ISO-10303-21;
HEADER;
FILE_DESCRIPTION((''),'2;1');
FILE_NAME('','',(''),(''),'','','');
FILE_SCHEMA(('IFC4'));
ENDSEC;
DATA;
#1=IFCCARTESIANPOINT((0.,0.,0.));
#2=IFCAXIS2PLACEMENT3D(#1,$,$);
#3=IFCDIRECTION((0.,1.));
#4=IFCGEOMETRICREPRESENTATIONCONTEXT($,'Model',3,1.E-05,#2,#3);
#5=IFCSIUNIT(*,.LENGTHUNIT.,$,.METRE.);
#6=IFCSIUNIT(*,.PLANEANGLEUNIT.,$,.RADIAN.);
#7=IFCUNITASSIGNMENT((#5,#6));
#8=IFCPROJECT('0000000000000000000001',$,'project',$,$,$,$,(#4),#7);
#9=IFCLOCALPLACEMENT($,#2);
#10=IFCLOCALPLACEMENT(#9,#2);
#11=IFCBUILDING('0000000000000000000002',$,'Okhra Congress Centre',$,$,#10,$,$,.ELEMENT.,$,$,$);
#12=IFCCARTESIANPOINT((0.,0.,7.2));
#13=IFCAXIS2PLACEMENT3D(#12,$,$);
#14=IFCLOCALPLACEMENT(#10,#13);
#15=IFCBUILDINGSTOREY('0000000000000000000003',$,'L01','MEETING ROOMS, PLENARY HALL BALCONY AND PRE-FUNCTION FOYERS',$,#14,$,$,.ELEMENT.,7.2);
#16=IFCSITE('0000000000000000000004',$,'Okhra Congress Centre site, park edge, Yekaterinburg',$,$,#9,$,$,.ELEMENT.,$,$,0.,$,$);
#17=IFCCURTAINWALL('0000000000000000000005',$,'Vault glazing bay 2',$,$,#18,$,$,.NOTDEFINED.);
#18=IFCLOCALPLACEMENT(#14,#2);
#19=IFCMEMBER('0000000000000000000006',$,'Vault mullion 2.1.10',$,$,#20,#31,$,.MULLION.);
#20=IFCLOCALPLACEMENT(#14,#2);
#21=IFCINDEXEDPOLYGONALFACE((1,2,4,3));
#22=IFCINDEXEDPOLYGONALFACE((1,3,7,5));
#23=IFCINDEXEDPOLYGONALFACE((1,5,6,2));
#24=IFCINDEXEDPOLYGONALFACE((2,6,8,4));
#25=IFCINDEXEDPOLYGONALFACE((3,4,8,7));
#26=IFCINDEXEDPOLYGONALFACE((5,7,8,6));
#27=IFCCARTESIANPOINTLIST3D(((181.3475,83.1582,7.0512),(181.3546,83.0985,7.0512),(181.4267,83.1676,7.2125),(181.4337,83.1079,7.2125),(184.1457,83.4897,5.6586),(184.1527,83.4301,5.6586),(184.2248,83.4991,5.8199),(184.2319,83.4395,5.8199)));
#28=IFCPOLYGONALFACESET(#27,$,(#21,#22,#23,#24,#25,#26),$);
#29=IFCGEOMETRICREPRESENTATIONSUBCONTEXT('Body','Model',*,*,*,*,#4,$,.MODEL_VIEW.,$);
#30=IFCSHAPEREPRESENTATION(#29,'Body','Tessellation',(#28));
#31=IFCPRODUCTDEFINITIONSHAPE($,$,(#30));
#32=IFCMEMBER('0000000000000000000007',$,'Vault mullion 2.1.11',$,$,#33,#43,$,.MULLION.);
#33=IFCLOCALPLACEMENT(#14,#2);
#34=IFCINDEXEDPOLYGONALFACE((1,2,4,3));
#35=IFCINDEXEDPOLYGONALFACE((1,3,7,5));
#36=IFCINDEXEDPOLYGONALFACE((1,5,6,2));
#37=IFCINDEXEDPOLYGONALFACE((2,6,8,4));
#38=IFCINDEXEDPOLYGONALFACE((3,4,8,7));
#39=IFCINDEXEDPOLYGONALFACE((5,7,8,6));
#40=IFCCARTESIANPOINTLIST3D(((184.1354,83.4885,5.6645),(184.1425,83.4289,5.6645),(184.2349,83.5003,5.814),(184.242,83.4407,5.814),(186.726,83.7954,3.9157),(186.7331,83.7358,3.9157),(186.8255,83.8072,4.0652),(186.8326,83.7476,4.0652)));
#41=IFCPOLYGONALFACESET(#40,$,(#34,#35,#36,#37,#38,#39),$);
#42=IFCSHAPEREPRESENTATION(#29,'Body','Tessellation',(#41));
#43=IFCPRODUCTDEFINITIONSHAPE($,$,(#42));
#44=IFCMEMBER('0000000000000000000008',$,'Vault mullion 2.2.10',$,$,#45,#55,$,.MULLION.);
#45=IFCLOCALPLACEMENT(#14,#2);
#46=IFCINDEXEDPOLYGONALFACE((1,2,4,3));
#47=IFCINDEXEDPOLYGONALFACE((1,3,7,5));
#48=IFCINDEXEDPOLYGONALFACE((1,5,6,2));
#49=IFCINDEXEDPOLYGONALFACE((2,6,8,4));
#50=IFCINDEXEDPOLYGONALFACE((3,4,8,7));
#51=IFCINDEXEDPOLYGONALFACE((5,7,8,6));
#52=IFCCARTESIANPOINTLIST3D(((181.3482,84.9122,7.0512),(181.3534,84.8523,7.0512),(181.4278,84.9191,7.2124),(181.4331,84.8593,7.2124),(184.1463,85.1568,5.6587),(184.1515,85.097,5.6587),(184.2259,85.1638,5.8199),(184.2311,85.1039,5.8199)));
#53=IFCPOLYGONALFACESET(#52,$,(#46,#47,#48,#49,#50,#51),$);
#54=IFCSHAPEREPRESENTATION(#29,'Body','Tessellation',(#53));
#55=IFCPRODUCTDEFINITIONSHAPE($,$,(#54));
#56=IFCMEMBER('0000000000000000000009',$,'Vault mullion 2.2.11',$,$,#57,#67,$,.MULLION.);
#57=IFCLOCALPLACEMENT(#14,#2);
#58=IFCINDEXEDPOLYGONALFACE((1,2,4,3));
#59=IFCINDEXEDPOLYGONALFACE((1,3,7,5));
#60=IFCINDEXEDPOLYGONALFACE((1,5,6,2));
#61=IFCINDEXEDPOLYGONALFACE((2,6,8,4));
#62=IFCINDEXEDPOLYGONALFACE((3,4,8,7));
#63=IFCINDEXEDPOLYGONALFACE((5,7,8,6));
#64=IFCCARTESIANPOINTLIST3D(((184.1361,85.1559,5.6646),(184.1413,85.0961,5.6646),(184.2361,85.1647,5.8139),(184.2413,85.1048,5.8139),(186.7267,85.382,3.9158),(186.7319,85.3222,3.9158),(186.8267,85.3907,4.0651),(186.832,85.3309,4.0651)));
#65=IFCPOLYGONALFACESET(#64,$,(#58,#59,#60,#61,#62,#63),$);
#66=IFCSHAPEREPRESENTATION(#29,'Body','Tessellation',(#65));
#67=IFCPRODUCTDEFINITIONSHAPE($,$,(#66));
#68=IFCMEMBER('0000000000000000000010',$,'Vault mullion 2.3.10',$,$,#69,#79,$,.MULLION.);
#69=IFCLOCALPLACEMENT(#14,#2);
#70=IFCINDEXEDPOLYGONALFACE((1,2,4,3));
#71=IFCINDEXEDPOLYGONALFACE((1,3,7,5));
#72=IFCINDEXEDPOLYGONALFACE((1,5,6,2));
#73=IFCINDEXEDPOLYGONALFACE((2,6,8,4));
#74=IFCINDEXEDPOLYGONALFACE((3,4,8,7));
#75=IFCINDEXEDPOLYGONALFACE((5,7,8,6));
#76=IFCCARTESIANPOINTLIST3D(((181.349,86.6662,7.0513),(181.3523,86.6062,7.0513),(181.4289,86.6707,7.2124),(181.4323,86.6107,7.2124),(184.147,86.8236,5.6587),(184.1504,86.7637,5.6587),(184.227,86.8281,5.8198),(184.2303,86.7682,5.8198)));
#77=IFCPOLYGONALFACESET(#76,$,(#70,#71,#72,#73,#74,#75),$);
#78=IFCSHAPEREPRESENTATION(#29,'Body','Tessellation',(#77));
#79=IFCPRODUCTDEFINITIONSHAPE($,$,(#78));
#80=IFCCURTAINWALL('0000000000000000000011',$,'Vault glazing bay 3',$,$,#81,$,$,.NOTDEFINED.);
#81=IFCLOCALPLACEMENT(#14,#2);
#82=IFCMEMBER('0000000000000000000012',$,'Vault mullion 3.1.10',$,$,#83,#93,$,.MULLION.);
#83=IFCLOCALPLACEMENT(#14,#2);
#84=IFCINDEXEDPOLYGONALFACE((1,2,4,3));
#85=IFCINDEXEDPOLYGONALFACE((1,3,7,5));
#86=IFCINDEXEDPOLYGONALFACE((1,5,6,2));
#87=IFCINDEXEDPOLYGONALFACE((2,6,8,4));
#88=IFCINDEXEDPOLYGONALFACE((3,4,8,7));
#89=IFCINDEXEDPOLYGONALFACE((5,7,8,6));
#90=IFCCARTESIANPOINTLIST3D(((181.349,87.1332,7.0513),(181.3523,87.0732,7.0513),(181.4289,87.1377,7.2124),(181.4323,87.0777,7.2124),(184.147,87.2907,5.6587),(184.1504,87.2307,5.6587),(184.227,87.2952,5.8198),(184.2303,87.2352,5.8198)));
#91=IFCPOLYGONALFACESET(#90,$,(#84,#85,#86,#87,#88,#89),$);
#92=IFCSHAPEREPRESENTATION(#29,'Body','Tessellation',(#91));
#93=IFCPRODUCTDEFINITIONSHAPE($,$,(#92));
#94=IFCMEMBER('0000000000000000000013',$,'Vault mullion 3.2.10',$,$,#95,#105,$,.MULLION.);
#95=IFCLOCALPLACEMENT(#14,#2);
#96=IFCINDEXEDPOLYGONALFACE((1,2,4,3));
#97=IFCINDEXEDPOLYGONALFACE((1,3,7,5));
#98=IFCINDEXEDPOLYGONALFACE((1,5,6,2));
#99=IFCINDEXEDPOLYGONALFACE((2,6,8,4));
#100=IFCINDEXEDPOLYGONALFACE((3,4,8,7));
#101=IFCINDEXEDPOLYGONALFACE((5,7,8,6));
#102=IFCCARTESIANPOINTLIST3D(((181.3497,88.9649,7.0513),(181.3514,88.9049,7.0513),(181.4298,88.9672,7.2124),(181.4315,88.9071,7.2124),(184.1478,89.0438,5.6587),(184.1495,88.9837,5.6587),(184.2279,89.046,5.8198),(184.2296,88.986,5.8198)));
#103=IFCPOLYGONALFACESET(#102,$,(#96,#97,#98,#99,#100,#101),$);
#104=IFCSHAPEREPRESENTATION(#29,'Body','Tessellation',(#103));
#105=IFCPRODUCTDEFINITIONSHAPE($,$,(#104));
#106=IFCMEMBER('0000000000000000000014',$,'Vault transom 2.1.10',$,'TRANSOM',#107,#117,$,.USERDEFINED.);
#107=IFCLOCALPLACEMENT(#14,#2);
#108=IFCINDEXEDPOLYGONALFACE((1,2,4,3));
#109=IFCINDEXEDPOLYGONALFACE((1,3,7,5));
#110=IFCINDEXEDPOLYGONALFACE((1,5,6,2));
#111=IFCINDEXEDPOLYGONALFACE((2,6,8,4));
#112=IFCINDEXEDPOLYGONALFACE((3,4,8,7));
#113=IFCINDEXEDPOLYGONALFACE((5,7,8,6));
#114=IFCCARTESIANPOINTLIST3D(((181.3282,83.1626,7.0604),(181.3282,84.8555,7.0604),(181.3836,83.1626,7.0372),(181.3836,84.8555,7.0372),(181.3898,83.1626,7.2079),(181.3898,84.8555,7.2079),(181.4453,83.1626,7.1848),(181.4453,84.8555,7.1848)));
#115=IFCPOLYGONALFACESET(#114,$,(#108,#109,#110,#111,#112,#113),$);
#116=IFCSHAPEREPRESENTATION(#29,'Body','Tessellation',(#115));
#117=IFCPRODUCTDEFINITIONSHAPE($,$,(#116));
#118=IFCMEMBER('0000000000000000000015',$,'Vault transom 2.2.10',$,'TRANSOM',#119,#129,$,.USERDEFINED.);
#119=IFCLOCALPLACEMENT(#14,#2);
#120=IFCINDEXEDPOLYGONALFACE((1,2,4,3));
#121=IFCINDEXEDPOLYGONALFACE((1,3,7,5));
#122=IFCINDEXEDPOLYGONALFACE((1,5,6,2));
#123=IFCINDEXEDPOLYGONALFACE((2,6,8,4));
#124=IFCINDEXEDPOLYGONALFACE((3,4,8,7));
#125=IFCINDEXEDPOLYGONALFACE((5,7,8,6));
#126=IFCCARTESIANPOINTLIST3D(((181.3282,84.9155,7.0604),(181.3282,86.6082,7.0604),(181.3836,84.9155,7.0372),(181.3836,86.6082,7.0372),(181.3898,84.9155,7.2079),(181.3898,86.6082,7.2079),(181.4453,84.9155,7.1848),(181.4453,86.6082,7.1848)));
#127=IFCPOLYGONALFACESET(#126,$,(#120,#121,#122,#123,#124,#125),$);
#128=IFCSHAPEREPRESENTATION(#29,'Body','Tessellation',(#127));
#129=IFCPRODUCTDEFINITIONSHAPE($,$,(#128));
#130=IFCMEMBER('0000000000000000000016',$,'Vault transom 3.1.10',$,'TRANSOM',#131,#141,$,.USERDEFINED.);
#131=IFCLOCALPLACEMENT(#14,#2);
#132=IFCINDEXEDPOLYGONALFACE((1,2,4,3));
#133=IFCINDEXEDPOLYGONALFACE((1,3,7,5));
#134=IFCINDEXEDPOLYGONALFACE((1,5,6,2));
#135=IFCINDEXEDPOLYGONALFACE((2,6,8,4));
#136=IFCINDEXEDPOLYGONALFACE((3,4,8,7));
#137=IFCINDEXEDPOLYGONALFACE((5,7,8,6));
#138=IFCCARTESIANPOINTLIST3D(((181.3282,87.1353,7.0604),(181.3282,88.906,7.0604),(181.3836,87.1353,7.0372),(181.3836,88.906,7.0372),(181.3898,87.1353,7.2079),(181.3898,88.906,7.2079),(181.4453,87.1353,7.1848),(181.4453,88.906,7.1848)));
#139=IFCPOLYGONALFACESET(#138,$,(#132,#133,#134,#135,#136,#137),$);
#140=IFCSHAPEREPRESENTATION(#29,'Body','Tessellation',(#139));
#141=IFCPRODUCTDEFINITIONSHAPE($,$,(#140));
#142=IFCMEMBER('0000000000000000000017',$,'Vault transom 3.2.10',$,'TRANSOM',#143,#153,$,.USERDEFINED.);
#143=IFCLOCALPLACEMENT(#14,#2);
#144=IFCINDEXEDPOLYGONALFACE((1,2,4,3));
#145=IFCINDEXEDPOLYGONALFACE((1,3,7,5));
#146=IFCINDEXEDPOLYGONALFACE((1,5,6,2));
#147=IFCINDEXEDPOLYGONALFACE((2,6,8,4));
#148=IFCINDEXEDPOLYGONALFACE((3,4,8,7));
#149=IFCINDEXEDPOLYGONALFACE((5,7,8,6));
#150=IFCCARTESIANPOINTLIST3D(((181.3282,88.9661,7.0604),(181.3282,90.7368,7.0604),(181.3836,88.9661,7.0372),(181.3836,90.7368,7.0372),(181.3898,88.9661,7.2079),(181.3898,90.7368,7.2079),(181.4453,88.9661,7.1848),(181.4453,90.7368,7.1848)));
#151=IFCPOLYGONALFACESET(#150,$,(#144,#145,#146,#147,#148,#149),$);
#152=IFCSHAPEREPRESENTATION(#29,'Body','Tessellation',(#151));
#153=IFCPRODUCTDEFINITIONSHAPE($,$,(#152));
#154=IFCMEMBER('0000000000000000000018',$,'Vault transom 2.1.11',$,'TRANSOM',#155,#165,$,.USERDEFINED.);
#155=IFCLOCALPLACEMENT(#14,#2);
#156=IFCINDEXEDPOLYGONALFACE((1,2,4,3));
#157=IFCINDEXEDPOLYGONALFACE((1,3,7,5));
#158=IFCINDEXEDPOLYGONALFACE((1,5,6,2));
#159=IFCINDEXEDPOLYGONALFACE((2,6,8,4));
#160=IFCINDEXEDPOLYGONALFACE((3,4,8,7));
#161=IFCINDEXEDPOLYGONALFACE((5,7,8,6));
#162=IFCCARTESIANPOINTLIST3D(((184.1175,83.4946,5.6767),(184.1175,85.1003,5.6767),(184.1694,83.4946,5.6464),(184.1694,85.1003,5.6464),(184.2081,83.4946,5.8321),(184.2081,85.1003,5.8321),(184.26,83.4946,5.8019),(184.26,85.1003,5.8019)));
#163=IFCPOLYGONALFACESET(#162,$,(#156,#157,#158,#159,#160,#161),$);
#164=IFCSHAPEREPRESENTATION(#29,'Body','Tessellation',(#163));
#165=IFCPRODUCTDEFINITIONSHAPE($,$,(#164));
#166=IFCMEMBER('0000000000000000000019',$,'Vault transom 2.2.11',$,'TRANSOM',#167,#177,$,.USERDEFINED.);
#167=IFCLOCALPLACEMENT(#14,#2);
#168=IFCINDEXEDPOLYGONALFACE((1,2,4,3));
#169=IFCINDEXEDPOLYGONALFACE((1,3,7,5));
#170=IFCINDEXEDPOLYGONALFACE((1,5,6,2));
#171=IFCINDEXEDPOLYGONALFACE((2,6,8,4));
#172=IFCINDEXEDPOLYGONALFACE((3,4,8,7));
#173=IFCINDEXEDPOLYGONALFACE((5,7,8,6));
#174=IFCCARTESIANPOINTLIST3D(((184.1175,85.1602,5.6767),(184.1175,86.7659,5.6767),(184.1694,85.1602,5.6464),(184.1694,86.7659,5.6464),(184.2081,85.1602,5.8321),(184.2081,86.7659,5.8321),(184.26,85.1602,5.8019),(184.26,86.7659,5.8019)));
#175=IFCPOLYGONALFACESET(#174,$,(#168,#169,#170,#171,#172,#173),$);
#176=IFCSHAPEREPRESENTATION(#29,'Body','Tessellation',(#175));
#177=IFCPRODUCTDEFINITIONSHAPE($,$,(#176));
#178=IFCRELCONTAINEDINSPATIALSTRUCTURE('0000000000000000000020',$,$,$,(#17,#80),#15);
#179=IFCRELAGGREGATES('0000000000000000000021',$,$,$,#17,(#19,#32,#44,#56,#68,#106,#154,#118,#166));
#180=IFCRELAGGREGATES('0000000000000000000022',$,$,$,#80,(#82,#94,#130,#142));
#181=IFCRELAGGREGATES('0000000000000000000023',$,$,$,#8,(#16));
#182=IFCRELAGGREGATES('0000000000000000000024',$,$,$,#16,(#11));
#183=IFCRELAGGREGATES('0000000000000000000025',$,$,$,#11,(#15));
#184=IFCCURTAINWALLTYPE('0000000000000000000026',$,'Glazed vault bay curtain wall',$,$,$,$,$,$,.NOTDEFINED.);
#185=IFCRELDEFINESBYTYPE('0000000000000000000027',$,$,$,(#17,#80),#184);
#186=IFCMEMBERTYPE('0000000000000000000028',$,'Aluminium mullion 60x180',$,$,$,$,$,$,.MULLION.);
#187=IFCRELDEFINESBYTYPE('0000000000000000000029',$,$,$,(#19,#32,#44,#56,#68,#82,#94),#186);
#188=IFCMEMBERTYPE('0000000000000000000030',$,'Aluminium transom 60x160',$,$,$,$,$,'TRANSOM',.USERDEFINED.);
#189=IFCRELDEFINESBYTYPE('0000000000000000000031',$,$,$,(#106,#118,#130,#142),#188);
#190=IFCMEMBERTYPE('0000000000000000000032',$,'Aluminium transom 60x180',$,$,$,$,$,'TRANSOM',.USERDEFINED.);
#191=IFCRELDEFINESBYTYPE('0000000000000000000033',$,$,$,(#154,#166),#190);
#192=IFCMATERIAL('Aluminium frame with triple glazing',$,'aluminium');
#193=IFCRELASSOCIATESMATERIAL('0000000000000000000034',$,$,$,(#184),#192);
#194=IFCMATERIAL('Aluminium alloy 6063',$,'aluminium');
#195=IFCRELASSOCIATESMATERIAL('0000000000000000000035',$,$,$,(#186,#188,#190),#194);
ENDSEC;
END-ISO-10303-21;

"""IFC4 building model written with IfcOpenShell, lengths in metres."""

from ifc_helpers import new_model, si_unit, direction, frame, origin, origin_2d, place, context, subcontext, project, spatial, rectangle, extrude, material, material_profile, profile_set, type_object, element, aggregate, save


model = new_model("IFC4")

# Units and contexts
model_context = context("Model", 3, precision=1e-05, world=origin(), true_north=direction((0.0, 1.0)))
body_context = subcontext(model_context, "Body", "Model", "MODEL_VIEW")
ifc_project = project(units=[si_unit("LENGTHUNIT", "METRE"), si_unit("PLANEANGLEUNIT", "RADIAN")], contexts=[model_context])

# Site, building, storey
site_placement = place(None, origin())
site = spatial("IfcSite", under=ifc_project, at=site_placement, Name="Okhra Congress Centre site, park edge, Yekaterinburg", CompositionType="ELEMENT", RefElevation=0.0)
building_placement = place(site_placement, origin())
building = spatial("IfcBuilding", under=site, at=building_placement, Name="Okhra Congress Centre", CompositionType="ELEMENT")
storey_placement = place(building_placement, frame((0.0, 0.0, 7.2)))
storey = spatial("IfcBuildingStorey", under=building, at=storey_placement, Name="L01", Description="MEETING ROOMS, PLENARY HALL BALCONY AND PRE-FUNCTION FOYERS", CompositionType="ELEMENT", Elevation=7.2)

# Curtain walls, members
ifc_material_1 = material(Name="Aluminium frame with triple glazing", Category="aluminium")
curtain_wall_type = type_object("IfcCurtainWallType", Name="Glazed vault bay curtain wall", PredefinedType="NOTDEFINED", material=ifc_material_1)
curtain_wall_1_placement = place(storey_placement, origin())
curtain_wall_1 = element("IfcCurtainWall", 1, at=curtain_wall_1_placement, inside=storey, type_object=curtain_wall_type, Name="Vault glazing bay 2", PredefinedType="NOTDEFINED")
ifc_material_2 = material(Name="Aluminium alloy 6063", Category="aluminium")
ifc_material_profile_1 = material_profile(ifc_material_2, rectangle(XDim=0.0601, YDim=0.1799, at=origin_2d()), Name="AL 60x180")
ifc_profile_set_1 = profile_set([ifc_material_profile_1], Name="Aluminium alloy 6063")
member_type_1 = type_object("IfcMemberType", Name="Aluminium mullion 60x180", PredefinedType="MULLION", material=ifc_profile_set_1)
member_1_placement = place(storey_placement, frame((181.3906, 83.1331, 7.1318), z_axis=(0.890259, 0.105486, -0.443071), x_axis=(-0.117666, 0.993053, 0.0)))
member_1 = element("IfcMember", 2, at=member_1_placement, type_object=member_type_1, Name="Vault mullion 2.1.10", PredefinedType="MULLION", context=body_context, shape_type="SweptSolid", body=[
    extrude(rectangle(XDim=0.0601, YDim=0.1799, at=origin_2d()), origin(), (0.0, 0.0, 1.0), 3.1431),
])
member_2_placement = place(storey_placement, frame((184.1887, 83.4646, 5.7393), z_axis=(0.824861, 0.097715, -0.556826), x_axis=(-0.117639, 0.993056, 0.0)))
member_2 = element("IfcMember", 3, at=member_2_placement, type_object=member_type_1, Name="Vault mullion 2.1.11", PredefinedType="MULLION", context=body_context, shape_type="SweptSolid", body=[
    extrude(rectangle(XDim=0.0601, YDim=0.1799, at=origin_2d()), origin(), (0.0, 0.0, 1.0), 3.1406),
])
member_3_placement = place(storey_placement, frame((181.3906, 84.8857, 7.1318), z_axis=(0.892524, 0.078031, -0.444198), x_axis=(-0.087095, 0.9962, 0.0)))
member_3 = element("IfcMember", 4, at=member_3_placement, type_object=member_type_1, Name="Vault mullion 2.2.10", PredefinedType="MULLION", context=body_context, shape_type="SweptSolid", body=[
    extrude(rectangle(XDim=0.0601, YDim=0.1799, at=origin_2d()), origin(), (0.0, 0.0, 1.0), 3.135),
])
member_4_placement = place(storey_placement, frame((184.1887, 85.1304, 5.7393), z_axis=(0.826668, 0.072142, -0.558046), x_axis=(-0.086938, 0.996214, 0.0)))
member_4 = element("IfcMember", 5, at=member_4_placement, type_object=member_type_1, Name="Vault mullion 2.2.11", PredefinedType="MULLION", context=body_context, shape_type="SweptSolid", body=[
    extrude(rectangle(XDim=0.0601, YDim=0.1799, at=origin_2d()), origin(), (0.0, 0.0, 1.0), 3.1338),
])
member_5_placement = place(storey_placement, frame((181.3906, 86.6384, 7.1318), z_axis=(0.89412, 0.050319, -0.444992), x_axis=(-0.056189, 0.99842, 0.0)))
member_5 = element("IfcMember", 6, at=member_5_placement, type_object=member_type_1, Name="Vault mullion 2.3.10", PredefinedType="MULLION", context=body_context, shape_type="SweptSolid", body=[
    extrude(rectangle(XDim=0.0601, YDim=0.1799, at=origin_2d()), origin(), (0.0, 0.0, 1.0), 3.1294),
])
curtain_wall_2_placement = place(storey_placement, origin())
curtain_wall_2 = element("IfcCurtainWall", 7, at=curtain_wall_2_placement, inside=storey, type_object=curtain_wall_type, Name="Vault glazing bay 3", PredefinedType="NOTDEFINED")
member_6_placement = place(storey_placement, frame((181.3906, 87.1055, 7.1318), z_axis=(0.89412, 0.050319, -0.444992), x_axis=(-0.056189, 0.99842, 0.0)))
member_6 = element("IfcMember", 8, at=member_6_placement, type_object=member_type_1, Name="Vault mullion 3.1.10", PredefinedType="MULLION", context=body_context, shape_type="SweptSolid", body=[
    extrude(rectangle(XDim=0.0601, YDim=0.1799, at=origin_2d()), origin(), (0.0, 0.0, 1.0), 3.1294),
])
member_7_placement = place(storey_placement, frame((181.3906, 88.936, 7.1318), z_axis=(0.894969, 0.025222, -0.445415), x_axis=(-0.028171, 0.999603, 0.0)))
member_7 = element("IfcMember", 9, at=member_7_placement, type_object=member_type_1, Name="Vault mullion 3.2.10", PredefinedType="MULLION", context=body_context, shape_type="SweptSolid", body=[
    extrude(rectangle(XDim=0.0601, YDim=0.1799, at=origin_2d()), origin(), (0.0, 0.0, 1.0), 3.1265),
])

# Members
ifc_material_profile_2 = material_profile(ifc_material_2, rectangle(XDim=0.0601, YDim=0.1599, at=origin_2d()), Name="AL 60x160 transom")
ifc_profile_set_2 = profile_set([ifc_material_profile_2], Name="Aluminium alloy 6063")
member_type_2 = type_object("IfcMemberType", Name="Aluminium transom 60x160", ElementType="TRANSOM", PredefinedType="USERDEFINED", material=ifc_profile_set_2)
member_8_placement = place(storey_placement, frame((181.3867, 83.1626, 7.1226), z_axis=(0.0, 1.0, 0.0), x_axis=(-0.922669, 0.0, 0.385593)))
member_8 = element("IfcMember", 10, at=member_8_placement, type_object=member_type_2, Name="Vault transom 2.1.10", ObjectType="TRANSOM", PredefinedType="USERDEFINED", context=body_context, shape_type="SweptSolid", body=[
    extrude(rectangle(XDim=0.0601, YDim=0.1599, at=origin_2d()), origin(), (0.0, 0.0, 1.0), 1.6929),
])
member_9_placement = place(storey_placement, frame((181.3867, 84.9155, 7.1226), z_axis=(0.0, 1.0, 0.0), x_axis=(-0.922669, 0.0, 0.385593)))
member_9 = element("IfcMember", 11, at=member_9_placement, type_object=member_type_2, Name="Vault transom 2.2.10", ObjectType="TRANSOM", PredefinedType="USERDEFINED", context=body_context, shape_type="SweptSolid", body=[
    extrude(rectangle(XDim=0.0601, YDim=0.1599, at=origin_2d()), origin(), (0.0, 0.0, 1.0), 1.6926),
])
member_10_placement = place(storey_placement, frame((181.3867, 87.1353, 7.1226), z_axis=(0.0, 1.0, 0.0), x_axis=(-0.922669, 0.0, 0.385593)))
member_10 = element("IfcMember", 12, at=member_10_placement, type_object=member_type_2, Name="Vault transom 3.1.10", ObjectType="TRANSOM", PredefinedType="USERDEFINED", context=body_context, shape_type="SweptSolid", body=[
    extrude(rectangle(XDim=0.0601, YDim=0.1599, at=origin_2d()), origin(), (0.0, 0.0, 1.0), 1.7708),
])
member_11_placement = place(storey_placement, frame((181.3867, 88.9661, 7.1226), z_axis=(0.0, 1.0, 0.0), x_axis=(-0.922669, 0.0, 0.385593)))
member_11 = element("IfcMember", 13, at=member_11_placement, type_object=member_type_2, Name="Vault transom 3.2.10", ObjectType="TRANSOM", PredefinedType="USERDEFINED", context=body_context, shape_type="SweptSolid", body=[
    extrude(rectangle(XDim=0.0601, YDim=0.1599, at=origin_2d()), origin(), (0.0, 0.0, 1.0), 1.7708),
])
ifc_material_profile_3 = material_profile(ifc_material_2, rectangle(XDim=0.0601, YDim=0.1799, at=origin_2d()), Name="AL 60x180 transom")
ifc_profile_set_3 = profile_set([ifc_material_profile_3], Name="Aluminium alloy 6063")
member_type_3 = type_object("IfcMemberType", Name="Aluminium transom 60x180", ElementType="TRANSOM", PredefinedType="USERDEFINED", material=ifc_profile_set_3)
member_12_placement = place(storey_placement, frame((184.1887, 83.4946, 5.7393), z_axis=(0.0, 1.0, 0.0), x_axis=(-0.863917, 0.0, 0.503634)))
member_12 = element("IfcMember", 14, at=member_12_placement, type_object=member_type_3, Name="Vault transom 2.1.11", ObjectType="TRANSOM", PredefinedType="USERDEFINED", context=body_context, shape_type="SweptSolid", body=[
    extrude(rectangle(XDim=0.0601, YDim=0.1799, at=origin_2d()), origin(), (0.0, 0.0, 1.0), 1.6057),
])
member_13_placement = place(storey_placement, frame((184.1887, 85.1602, 5.7393), z_axis=(0.0, 1.0, 0.0), x_axis=(-0.863917, 0.0, 0.503634)))
member_13 = element("IfcMember", 15, at=member_13_placement, type_object=member_type_3, Name="Vault transom 2.2.11", ObjectType="TRANSOM", PredefinedType="USERDEFINED", context=body_context, shape_type="SweptSolid", body=[
    extrude(rectangle(XDim=0.0601, YDim=0.1799, at=origin_2d()), origin(), (0.0, 0.0, 1.0), 1.6057),
])

aggregate(curtain_wall_1, [member_1, member_2, member_3, member_4, member_5, member_8, member_12, member_9, member_13])
aggregate(curtain_wall_2, [member_6, member_7, member_10, member_11])

save(model, "model.ifc")
